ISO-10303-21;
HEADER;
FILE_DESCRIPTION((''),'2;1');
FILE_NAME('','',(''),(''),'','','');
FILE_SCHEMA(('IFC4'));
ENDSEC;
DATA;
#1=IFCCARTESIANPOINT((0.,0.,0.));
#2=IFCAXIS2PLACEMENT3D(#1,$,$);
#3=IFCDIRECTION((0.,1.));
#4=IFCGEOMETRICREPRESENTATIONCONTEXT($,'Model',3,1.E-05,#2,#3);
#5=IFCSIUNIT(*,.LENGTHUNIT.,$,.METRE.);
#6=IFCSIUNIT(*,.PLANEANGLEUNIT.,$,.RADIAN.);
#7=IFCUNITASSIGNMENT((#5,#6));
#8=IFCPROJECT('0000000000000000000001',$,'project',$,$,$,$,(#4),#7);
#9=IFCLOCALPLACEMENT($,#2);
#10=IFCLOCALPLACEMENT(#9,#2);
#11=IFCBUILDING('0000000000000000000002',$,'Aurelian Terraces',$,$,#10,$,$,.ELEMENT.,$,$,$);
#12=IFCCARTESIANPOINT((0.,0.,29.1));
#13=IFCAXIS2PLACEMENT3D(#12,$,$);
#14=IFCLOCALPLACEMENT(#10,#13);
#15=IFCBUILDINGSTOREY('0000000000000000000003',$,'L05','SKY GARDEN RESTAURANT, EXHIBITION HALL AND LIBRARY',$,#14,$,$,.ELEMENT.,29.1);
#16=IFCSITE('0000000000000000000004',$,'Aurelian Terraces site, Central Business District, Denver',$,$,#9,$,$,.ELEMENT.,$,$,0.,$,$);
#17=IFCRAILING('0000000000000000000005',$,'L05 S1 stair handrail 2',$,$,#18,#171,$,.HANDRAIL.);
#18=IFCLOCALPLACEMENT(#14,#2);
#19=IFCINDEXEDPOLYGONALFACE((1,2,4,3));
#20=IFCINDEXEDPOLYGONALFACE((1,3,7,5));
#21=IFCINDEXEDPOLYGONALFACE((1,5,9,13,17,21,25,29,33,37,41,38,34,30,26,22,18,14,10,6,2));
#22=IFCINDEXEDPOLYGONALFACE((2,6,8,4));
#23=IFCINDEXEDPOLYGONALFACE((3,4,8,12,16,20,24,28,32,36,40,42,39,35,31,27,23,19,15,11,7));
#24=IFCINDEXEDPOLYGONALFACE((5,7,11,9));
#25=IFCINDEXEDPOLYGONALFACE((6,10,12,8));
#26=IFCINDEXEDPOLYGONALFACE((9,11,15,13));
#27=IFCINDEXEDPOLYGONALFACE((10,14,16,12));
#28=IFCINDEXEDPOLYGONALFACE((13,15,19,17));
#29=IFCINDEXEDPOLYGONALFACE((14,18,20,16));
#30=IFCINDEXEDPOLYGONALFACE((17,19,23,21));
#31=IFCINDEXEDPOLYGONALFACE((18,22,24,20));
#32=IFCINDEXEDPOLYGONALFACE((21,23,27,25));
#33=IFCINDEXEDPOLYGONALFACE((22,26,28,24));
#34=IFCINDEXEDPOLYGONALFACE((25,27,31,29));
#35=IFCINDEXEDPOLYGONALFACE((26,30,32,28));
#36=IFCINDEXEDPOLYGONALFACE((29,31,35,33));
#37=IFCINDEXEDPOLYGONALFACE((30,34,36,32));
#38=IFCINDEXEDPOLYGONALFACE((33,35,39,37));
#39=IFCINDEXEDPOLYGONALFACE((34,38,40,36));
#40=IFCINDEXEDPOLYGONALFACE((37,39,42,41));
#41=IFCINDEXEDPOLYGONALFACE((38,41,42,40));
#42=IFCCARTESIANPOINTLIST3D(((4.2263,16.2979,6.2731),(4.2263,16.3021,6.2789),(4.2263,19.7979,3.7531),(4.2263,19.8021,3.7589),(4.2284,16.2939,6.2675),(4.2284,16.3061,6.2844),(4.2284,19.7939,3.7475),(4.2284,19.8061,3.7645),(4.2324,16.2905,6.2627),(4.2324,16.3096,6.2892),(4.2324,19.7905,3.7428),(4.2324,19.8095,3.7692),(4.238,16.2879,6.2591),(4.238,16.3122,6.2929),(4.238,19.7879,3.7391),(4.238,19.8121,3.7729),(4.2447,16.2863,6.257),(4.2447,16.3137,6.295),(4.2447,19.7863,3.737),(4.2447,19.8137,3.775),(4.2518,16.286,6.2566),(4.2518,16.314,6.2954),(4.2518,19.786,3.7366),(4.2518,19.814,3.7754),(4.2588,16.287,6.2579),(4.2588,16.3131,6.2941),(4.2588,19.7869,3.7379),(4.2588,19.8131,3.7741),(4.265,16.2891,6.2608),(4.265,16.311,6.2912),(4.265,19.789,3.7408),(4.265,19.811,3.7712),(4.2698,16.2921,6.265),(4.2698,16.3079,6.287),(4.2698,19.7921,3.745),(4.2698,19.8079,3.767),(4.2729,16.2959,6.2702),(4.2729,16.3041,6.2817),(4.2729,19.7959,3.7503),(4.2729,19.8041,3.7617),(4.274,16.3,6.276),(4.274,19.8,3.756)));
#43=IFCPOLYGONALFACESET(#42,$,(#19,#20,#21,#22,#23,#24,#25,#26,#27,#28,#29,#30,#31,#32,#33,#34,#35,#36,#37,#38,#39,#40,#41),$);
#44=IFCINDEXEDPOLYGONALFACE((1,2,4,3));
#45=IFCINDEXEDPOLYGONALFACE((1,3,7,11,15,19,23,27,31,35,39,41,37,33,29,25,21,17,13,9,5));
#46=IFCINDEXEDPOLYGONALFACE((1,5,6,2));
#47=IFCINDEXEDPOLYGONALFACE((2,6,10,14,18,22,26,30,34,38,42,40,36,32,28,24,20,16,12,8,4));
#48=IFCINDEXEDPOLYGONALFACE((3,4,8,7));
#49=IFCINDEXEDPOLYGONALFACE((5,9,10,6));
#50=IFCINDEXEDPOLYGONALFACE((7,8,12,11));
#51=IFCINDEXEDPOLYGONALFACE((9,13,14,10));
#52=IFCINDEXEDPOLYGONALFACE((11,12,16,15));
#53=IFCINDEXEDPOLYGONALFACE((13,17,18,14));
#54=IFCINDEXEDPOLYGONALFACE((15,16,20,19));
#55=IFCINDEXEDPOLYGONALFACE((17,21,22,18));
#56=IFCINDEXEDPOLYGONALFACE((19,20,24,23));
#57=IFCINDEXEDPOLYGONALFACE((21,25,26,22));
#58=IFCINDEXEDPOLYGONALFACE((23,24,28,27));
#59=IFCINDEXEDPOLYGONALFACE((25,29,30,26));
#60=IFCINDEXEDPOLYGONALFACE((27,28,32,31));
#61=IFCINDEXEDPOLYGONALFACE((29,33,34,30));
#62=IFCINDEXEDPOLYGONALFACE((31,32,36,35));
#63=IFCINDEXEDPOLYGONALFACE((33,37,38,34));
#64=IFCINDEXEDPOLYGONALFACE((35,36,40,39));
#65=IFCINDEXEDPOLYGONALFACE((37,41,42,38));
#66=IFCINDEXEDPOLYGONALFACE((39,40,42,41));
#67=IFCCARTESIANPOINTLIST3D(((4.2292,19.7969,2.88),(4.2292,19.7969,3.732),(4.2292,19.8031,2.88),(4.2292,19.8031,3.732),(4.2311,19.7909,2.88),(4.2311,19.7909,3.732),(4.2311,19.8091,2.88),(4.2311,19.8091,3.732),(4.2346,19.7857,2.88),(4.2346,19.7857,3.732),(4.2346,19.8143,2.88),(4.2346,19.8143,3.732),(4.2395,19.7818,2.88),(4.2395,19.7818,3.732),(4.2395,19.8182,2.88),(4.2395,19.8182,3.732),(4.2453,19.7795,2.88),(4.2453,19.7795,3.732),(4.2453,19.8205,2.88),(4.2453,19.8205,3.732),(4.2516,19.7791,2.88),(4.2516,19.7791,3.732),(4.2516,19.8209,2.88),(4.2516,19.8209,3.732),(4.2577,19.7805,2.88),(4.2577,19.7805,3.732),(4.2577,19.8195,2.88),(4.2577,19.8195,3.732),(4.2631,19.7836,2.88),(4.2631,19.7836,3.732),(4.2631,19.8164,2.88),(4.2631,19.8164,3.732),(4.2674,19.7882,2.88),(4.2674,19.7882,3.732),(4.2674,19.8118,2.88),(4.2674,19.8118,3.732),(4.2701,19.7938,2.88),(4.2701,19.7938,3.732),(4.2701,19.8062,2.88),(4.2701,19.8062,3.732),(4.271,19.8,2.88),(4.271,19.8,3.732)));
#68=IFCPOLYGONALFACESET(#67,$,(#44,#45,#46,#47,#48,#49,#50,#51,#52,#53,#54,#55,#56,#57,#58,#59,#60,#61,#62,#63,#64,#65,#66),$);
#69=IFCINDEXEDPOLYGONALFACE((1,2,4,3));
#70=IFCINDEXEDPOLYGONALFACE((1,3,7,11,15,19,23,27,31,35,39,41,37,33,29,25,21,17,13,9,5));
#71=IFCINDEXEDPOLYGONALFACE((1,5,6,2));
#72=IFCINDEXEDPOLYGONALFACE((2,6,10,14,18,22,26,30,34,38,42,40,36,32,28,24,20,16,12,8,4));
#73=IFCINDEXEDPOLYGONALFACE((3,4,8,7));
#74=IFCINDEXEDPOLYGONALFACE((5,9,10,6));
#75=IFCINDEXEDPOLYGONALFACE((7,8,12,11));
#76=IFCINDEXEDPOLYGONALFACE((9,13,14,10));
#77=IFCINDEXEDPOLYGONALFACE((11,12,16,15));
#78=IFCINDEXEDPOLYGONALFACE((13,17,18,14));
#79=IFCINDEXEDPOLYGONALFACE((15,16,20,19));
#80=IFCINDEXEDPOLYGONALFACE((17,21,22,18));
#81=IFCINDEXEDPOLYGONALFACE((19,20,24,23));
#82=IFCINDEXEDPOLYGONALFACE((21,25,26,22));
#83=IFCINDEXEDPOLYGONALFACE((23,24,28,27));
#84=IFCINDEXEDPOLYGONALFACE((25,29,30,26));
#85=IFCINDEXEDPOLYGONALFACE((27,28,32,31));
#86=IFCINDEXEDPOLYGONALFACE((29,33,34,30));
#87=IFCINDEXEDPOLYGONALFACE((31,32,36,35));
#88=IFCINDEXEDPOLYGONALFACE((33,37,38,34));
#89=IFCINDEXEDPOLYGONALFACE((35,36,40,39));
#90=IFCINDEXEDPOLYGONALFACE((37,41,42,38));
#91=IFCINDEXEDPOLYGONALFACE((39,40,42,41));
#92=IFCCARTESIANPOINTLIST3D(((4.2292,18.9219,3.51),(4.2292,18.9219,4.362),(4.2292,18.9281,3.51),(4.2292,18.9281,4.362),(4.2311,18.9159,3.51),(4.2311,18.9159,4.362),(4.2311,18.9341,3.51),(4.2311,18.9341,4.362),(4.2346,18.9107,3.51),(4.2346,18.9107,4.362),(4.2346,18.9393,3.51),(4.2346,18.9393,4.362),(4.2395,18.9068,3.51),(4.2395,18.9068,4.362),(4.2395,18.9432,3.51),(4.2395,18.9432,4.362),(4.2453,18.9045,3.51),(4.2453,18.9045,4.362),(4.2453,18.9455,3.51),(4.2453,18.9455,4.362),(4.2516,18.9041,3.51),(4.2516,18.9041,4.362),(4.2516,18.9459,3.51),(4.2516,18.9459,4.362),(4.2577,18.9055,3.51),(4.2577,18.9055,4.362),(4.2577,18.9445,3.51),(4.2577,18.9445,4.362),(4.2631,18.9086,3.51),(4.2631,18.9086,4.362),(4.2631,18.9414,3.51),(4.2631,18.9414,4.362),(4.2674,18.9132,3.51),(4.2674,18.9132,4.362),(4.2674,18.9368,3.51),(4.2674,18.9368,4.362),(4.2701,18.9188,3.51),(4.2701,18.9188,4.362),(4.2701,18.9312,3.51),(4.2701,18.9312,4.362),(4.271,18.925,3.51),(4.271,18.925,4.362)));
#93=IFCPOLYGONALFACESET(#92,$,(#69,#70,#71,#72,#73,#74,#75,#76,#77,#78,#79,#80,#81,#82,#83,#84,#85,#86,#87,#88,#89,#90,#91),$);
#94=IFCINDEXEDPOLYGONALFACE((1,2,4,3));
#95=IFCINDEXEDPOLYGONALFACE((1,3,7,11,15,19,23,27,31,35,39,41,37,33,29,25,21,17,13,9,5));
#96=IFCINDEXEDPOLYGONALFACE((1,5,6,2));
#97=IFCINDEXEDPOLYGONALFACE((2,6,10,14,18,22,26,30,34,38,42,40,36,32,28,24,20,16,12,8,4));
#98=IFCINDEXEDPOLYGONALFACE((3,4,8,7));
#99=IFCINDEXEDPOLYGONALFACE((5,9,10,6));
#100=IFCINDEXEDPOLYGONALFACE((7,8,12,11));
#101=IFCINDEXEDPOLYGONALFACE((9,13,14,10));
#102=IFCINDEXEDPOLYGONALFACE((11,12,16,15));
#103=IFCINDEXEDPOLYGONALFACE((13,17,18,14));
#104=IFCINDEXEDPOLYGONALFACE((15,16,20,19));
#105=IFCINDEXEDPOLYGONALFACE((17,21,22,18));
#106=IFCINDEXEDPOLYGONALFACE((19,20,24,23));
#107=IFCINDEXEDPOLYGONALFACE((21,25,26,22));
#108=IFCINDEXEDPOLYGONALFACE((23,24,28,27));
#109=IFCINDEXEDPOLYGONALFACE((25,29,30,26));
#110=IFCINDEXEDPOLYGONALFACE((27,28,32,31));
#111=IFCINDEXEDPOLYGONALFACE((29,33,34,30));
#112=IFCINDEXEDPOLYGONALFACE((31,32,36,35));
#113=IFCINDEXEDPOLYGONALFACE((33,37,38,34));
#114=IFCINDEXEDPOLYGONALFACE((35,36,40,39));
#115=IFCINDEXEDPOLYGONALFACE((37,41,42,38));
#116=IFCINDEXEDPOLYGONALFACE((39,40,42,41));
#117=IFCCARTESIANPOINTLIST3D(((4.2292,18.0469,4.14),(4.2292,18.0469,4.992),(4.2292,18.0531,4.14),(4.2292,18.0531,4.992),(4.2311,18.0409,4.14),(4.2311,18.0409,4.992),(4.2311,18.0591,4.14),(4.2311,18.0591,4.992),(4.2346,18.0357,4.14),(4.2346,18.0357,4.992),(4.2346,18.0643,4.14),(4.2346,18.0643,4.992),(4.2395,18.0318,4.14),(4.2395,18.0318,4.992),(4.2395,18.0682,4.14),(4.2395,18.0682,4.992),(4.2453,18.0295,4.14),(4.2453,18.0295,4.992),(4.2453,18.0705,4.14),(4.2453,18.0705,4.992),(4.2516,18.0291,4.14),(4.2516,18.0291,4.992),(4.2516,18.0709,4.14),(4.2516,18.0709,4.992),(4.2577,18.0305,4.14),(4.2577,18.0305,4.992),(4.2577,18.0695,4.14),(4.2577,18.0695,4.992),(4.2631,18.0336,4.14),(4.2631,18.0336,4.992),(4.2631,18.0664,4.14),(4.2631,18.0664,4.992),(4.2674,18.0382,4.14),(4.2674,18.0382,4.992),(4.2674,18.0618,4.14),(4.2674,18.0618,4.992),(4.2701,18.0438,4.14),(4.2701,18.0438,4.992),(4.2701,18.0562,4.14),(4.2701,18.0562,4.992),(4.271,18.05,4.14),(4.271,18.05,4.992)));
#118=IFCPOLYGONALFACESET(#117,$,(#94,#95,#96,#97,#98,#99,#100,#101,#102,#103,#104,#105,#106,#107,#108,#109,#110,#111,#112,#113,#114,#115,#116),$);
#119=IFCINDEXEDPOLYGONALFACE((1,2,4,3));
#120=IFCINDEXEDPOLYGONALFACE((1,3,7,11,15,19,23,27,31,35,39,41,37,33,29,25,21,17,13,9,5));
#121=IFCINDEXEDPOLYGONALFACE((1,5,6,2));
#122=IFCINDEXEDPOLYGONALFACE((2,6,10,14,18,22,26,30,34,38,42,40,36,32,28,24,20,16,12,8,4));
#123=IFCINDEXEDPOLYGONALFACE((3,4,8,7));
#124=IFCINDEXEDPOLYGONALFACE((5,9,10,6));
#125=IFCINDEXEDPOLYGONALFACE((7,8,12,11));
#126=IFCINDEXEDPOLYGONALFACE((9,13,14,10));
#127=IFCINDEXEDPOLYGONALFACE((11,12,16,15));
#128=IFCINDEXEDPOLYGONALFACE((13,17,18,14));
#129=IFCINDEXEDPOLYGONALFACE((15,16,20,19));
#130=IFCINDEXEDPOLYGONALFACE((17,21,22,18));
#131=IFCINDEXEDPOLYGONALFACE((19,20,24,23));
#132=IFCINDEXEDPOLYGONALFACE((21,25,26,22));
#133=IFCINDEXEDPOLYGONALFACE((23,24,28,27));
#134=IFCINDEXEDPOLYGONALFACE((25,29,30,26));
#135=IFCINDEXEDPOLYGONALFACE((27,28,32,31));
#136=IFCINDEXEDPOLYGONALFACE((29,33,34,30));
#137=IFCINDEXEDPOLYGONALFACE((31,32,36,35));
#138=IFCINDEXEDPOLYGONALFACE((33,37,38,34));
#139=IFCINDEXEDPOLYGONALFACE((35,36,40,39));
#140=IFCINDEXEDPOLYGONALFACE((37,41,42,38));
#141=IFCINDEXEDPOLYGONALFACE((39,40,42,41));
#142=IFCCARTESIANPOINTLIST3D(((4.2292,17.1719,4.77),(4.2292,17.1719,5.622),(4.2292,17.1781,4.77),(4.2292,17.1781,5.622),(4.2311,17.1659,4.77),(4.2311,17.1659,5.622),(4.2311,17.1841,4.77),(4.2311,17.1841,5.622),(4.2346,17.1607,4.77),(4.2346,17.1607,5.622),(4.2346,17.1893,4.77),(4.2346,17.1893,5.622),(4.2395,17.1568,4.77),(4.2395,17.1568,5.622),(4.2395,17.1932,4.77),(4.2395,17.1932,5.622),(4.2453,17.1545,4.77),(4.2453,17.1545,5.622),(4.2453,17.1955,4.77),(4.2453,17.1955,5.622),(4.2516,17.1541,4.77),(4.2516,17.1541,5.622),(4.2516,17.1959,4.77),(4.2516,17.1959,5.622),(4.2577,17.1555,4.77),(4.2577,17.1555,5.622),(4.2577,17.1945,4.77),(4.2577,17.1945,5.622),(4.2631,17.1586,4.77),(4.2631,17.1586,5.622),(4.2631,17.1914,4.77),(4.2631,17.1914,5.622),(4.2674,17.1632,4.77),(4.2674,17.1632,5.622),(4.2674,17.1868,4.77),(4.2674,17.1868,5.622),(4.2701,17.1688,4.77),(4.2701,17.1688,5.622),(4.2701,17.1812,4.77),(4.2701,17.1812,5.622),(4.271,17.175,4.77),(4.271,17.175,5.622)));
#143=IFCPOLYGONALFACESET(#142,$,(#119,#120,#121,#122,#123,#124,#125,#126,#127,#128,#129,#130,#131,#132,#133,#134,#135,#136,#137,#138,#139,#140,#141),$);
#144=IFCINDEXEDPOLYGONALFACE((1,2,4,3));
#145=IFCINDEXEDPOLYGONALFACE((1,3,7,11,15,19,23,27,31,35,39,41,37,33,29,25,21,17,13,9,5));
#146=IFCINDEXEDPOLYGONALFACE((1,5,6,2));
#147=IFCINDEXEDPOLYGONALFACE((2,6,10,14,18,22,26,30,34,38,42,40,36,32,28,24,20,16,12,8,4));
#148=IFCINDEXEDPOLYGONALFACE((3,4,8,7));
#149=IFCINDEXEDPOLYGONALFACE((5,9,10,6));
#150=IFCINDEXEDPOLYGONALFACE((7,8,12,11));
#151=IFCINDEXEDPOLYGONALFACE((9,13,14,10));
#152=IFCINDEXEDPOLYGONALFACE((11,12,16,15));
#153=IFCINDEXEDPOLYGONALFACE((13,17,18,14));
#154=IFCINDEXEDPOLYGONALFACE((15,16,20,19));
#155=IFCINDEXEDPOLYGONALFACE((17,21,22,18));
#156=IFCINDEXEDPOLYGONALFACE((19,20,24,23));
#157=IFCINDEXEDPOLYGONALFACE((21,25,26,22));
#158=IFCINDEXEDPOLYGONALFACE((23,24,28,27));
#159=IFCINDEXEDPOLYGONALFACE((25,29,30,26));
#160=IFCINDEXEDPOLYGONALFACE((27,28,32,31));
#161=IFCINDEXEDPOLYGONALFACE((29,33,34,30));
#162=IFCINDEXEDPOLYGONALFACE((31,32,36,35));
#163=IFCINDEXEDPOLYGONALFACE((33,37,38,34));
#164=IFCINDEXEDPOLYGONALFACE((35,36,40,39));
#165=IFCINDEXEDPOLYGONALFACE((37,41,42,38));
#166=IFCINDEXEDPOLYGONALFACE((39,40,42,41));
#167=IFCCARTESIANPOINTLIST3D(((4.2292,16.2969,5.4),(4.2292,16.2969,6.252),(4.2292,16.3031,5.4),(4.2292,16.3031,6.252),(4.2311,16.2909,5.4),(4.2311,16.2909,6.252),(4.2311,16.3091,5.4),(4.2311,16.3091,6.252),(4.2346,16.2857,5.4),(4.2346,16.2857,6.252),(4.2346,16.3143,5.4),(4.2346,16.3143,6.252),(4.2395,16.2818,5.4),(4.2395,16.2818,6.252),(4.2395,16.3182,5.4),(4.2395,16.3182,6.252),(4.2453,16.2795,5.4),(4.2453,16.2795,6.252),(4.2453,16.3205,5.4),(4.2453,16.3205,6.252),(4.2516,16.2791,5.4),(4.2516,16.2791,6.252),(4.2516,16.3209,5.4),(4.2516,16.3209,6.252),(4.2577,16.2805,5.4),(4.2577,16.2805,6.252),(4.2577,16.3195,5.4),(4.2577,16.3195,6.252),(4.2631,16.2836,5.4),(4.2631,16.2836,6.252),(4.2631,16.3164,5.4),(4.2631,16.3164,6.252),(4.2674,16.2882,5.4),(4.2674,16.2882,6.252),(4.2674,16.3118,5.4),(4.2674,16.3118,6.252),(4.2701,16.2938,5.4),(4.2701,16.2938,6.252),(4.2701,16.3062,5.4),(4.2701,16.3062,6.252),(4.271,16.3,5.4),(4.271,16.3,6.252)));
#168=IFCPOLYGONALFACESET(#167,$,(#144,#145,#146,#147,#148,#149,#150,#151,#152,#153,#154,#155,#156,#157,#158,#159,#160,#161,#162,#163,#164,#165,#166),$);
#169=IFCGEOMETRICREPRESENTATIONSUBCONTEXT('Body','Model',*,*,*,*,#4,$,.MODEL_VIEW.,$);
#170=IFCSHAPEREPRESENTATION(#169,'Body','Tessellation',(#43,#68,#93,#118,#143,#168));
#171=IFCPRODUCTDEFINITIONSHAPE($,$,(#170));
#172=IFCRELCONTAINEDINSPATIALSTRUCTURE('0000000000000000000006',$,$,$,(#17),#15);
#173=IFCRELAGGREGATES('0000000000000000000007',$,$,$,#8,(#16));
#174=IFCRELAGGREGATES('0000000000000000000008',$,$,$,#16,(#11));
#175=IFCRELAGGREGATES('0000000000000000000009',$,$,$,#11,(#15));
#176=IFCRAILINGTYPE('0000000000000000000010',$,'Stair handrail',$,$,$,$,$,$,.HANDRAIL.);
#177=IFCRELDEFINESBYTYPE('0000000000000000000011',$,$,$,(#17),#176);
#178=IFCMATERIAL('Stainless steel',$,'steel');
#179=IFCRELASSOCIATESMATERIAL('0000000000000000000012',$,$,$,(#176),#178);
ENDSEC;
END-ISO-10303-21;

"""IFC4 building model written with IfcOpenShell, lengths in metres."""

from ifc_helpers import new_model, si_unit, direction, frame, origin, origin_2d, place, context, subcontext, project, spatial, circle, extrude, source, transform, mapped, material, type_object, element, save


model = new_model("IFC4")

# Units and contexts
model_context = context("Model", 3, precision=1e-05, world=origin(), true_north=direction((0.0, 1.0)))
body_context = subcontext(model_context, "Body", "Model", "MODEL_VIEW")
ifc_project = project(units=[si_unit("LENGTHUNIT", "METRE"), si_unit("PLANEANGLEUNIT", "RADIAN")], contexts=[model_context])

# Site, building, storey
site_placement = place(None, origin())
site = spatial("IfcSite", under=ifc_project, at=site_placement, Name="Aurelian Terraces site, Central Business District, Denver", CompositionType="ELEMENT", RefElevation=0.0)
building_placement = place(site_placement, origin())
building = spatial("IfcBuilding", under=site, at=building_placement, Name="Aurelian Terraces", CompositionType="ELEMENT")
storey_placement = place(building_placement, frame((0.0, 0.0, 29.1)))
storey = spatial("IfcBuildingStorey", under=building, at=storey_placement, Name="L05", Description="SKY GARDEN RESTAURANT, EXHIBITION HALL AND LIBRARY", CompositionType="ELEMENT", Elevation=29.1)

# Railing
ifc_material_1 = material(Name="Stainless steel", Category="steel")
railing_type = type_object("IfcRailingType", Name="Stair handrail", PredefinedType="HANDRAIL", material=ifc_material_1)
shared_shape_1 = source(origin(), body_context, "Body", "SweptSolid", [
    extrude(circle(Radius=0.024, at=origin_2d()), frame((0.0, 0.0, 0.876), z_axis=(0.0, -0.811534, 0.584305), x_axis=(1.0, 0.0, 0.0)), (0.0, 0.0, 1.0), 4.3128),
    extrude(circle(Radius=0.021, at=origin_2d()), origin(), (0.0, 0.0, 1.0), 0.852),
    extrude(circle(Radius=0.021, at=origin_2d()), frame((0.0, -0.875, 0.63)), (0.0, 0.0, 1.0), 0.852),
    extrude(circle(Radius=0.021, at=origin_2d()), frame((0.0, -1.75, 1.26)), (0.0, 0.0, 1.0), 0.852),
    extrude(circle(Radius=0.021, at=origin_2d()), frame((0.0, -2.625, 1.89)), (0.0, 0.0, 1.0), 0.852),
    extrude(circle(Radius=0.021, at=origin_2d()), frame((0.0, -3.5, 2.52)), (0.0, 0.0, 1.0), 0.852),
])
railing_placement = place(storey_placement, frame((4.25, 19.8, 2.88)))
element("IfcRailing", 1, at=railing_placement, inside=storey, type_object=railing_type, Name="L05 S1 stair handrail 2", PredefinedType="HANDRAIL", context=body_context, shape_type="MappedRepresentation", body=[
    mapped(shared_shape_1, transform((0.0, 0.0, 0.0), scale=1.0)),
])

save(model, "model.ifc")
